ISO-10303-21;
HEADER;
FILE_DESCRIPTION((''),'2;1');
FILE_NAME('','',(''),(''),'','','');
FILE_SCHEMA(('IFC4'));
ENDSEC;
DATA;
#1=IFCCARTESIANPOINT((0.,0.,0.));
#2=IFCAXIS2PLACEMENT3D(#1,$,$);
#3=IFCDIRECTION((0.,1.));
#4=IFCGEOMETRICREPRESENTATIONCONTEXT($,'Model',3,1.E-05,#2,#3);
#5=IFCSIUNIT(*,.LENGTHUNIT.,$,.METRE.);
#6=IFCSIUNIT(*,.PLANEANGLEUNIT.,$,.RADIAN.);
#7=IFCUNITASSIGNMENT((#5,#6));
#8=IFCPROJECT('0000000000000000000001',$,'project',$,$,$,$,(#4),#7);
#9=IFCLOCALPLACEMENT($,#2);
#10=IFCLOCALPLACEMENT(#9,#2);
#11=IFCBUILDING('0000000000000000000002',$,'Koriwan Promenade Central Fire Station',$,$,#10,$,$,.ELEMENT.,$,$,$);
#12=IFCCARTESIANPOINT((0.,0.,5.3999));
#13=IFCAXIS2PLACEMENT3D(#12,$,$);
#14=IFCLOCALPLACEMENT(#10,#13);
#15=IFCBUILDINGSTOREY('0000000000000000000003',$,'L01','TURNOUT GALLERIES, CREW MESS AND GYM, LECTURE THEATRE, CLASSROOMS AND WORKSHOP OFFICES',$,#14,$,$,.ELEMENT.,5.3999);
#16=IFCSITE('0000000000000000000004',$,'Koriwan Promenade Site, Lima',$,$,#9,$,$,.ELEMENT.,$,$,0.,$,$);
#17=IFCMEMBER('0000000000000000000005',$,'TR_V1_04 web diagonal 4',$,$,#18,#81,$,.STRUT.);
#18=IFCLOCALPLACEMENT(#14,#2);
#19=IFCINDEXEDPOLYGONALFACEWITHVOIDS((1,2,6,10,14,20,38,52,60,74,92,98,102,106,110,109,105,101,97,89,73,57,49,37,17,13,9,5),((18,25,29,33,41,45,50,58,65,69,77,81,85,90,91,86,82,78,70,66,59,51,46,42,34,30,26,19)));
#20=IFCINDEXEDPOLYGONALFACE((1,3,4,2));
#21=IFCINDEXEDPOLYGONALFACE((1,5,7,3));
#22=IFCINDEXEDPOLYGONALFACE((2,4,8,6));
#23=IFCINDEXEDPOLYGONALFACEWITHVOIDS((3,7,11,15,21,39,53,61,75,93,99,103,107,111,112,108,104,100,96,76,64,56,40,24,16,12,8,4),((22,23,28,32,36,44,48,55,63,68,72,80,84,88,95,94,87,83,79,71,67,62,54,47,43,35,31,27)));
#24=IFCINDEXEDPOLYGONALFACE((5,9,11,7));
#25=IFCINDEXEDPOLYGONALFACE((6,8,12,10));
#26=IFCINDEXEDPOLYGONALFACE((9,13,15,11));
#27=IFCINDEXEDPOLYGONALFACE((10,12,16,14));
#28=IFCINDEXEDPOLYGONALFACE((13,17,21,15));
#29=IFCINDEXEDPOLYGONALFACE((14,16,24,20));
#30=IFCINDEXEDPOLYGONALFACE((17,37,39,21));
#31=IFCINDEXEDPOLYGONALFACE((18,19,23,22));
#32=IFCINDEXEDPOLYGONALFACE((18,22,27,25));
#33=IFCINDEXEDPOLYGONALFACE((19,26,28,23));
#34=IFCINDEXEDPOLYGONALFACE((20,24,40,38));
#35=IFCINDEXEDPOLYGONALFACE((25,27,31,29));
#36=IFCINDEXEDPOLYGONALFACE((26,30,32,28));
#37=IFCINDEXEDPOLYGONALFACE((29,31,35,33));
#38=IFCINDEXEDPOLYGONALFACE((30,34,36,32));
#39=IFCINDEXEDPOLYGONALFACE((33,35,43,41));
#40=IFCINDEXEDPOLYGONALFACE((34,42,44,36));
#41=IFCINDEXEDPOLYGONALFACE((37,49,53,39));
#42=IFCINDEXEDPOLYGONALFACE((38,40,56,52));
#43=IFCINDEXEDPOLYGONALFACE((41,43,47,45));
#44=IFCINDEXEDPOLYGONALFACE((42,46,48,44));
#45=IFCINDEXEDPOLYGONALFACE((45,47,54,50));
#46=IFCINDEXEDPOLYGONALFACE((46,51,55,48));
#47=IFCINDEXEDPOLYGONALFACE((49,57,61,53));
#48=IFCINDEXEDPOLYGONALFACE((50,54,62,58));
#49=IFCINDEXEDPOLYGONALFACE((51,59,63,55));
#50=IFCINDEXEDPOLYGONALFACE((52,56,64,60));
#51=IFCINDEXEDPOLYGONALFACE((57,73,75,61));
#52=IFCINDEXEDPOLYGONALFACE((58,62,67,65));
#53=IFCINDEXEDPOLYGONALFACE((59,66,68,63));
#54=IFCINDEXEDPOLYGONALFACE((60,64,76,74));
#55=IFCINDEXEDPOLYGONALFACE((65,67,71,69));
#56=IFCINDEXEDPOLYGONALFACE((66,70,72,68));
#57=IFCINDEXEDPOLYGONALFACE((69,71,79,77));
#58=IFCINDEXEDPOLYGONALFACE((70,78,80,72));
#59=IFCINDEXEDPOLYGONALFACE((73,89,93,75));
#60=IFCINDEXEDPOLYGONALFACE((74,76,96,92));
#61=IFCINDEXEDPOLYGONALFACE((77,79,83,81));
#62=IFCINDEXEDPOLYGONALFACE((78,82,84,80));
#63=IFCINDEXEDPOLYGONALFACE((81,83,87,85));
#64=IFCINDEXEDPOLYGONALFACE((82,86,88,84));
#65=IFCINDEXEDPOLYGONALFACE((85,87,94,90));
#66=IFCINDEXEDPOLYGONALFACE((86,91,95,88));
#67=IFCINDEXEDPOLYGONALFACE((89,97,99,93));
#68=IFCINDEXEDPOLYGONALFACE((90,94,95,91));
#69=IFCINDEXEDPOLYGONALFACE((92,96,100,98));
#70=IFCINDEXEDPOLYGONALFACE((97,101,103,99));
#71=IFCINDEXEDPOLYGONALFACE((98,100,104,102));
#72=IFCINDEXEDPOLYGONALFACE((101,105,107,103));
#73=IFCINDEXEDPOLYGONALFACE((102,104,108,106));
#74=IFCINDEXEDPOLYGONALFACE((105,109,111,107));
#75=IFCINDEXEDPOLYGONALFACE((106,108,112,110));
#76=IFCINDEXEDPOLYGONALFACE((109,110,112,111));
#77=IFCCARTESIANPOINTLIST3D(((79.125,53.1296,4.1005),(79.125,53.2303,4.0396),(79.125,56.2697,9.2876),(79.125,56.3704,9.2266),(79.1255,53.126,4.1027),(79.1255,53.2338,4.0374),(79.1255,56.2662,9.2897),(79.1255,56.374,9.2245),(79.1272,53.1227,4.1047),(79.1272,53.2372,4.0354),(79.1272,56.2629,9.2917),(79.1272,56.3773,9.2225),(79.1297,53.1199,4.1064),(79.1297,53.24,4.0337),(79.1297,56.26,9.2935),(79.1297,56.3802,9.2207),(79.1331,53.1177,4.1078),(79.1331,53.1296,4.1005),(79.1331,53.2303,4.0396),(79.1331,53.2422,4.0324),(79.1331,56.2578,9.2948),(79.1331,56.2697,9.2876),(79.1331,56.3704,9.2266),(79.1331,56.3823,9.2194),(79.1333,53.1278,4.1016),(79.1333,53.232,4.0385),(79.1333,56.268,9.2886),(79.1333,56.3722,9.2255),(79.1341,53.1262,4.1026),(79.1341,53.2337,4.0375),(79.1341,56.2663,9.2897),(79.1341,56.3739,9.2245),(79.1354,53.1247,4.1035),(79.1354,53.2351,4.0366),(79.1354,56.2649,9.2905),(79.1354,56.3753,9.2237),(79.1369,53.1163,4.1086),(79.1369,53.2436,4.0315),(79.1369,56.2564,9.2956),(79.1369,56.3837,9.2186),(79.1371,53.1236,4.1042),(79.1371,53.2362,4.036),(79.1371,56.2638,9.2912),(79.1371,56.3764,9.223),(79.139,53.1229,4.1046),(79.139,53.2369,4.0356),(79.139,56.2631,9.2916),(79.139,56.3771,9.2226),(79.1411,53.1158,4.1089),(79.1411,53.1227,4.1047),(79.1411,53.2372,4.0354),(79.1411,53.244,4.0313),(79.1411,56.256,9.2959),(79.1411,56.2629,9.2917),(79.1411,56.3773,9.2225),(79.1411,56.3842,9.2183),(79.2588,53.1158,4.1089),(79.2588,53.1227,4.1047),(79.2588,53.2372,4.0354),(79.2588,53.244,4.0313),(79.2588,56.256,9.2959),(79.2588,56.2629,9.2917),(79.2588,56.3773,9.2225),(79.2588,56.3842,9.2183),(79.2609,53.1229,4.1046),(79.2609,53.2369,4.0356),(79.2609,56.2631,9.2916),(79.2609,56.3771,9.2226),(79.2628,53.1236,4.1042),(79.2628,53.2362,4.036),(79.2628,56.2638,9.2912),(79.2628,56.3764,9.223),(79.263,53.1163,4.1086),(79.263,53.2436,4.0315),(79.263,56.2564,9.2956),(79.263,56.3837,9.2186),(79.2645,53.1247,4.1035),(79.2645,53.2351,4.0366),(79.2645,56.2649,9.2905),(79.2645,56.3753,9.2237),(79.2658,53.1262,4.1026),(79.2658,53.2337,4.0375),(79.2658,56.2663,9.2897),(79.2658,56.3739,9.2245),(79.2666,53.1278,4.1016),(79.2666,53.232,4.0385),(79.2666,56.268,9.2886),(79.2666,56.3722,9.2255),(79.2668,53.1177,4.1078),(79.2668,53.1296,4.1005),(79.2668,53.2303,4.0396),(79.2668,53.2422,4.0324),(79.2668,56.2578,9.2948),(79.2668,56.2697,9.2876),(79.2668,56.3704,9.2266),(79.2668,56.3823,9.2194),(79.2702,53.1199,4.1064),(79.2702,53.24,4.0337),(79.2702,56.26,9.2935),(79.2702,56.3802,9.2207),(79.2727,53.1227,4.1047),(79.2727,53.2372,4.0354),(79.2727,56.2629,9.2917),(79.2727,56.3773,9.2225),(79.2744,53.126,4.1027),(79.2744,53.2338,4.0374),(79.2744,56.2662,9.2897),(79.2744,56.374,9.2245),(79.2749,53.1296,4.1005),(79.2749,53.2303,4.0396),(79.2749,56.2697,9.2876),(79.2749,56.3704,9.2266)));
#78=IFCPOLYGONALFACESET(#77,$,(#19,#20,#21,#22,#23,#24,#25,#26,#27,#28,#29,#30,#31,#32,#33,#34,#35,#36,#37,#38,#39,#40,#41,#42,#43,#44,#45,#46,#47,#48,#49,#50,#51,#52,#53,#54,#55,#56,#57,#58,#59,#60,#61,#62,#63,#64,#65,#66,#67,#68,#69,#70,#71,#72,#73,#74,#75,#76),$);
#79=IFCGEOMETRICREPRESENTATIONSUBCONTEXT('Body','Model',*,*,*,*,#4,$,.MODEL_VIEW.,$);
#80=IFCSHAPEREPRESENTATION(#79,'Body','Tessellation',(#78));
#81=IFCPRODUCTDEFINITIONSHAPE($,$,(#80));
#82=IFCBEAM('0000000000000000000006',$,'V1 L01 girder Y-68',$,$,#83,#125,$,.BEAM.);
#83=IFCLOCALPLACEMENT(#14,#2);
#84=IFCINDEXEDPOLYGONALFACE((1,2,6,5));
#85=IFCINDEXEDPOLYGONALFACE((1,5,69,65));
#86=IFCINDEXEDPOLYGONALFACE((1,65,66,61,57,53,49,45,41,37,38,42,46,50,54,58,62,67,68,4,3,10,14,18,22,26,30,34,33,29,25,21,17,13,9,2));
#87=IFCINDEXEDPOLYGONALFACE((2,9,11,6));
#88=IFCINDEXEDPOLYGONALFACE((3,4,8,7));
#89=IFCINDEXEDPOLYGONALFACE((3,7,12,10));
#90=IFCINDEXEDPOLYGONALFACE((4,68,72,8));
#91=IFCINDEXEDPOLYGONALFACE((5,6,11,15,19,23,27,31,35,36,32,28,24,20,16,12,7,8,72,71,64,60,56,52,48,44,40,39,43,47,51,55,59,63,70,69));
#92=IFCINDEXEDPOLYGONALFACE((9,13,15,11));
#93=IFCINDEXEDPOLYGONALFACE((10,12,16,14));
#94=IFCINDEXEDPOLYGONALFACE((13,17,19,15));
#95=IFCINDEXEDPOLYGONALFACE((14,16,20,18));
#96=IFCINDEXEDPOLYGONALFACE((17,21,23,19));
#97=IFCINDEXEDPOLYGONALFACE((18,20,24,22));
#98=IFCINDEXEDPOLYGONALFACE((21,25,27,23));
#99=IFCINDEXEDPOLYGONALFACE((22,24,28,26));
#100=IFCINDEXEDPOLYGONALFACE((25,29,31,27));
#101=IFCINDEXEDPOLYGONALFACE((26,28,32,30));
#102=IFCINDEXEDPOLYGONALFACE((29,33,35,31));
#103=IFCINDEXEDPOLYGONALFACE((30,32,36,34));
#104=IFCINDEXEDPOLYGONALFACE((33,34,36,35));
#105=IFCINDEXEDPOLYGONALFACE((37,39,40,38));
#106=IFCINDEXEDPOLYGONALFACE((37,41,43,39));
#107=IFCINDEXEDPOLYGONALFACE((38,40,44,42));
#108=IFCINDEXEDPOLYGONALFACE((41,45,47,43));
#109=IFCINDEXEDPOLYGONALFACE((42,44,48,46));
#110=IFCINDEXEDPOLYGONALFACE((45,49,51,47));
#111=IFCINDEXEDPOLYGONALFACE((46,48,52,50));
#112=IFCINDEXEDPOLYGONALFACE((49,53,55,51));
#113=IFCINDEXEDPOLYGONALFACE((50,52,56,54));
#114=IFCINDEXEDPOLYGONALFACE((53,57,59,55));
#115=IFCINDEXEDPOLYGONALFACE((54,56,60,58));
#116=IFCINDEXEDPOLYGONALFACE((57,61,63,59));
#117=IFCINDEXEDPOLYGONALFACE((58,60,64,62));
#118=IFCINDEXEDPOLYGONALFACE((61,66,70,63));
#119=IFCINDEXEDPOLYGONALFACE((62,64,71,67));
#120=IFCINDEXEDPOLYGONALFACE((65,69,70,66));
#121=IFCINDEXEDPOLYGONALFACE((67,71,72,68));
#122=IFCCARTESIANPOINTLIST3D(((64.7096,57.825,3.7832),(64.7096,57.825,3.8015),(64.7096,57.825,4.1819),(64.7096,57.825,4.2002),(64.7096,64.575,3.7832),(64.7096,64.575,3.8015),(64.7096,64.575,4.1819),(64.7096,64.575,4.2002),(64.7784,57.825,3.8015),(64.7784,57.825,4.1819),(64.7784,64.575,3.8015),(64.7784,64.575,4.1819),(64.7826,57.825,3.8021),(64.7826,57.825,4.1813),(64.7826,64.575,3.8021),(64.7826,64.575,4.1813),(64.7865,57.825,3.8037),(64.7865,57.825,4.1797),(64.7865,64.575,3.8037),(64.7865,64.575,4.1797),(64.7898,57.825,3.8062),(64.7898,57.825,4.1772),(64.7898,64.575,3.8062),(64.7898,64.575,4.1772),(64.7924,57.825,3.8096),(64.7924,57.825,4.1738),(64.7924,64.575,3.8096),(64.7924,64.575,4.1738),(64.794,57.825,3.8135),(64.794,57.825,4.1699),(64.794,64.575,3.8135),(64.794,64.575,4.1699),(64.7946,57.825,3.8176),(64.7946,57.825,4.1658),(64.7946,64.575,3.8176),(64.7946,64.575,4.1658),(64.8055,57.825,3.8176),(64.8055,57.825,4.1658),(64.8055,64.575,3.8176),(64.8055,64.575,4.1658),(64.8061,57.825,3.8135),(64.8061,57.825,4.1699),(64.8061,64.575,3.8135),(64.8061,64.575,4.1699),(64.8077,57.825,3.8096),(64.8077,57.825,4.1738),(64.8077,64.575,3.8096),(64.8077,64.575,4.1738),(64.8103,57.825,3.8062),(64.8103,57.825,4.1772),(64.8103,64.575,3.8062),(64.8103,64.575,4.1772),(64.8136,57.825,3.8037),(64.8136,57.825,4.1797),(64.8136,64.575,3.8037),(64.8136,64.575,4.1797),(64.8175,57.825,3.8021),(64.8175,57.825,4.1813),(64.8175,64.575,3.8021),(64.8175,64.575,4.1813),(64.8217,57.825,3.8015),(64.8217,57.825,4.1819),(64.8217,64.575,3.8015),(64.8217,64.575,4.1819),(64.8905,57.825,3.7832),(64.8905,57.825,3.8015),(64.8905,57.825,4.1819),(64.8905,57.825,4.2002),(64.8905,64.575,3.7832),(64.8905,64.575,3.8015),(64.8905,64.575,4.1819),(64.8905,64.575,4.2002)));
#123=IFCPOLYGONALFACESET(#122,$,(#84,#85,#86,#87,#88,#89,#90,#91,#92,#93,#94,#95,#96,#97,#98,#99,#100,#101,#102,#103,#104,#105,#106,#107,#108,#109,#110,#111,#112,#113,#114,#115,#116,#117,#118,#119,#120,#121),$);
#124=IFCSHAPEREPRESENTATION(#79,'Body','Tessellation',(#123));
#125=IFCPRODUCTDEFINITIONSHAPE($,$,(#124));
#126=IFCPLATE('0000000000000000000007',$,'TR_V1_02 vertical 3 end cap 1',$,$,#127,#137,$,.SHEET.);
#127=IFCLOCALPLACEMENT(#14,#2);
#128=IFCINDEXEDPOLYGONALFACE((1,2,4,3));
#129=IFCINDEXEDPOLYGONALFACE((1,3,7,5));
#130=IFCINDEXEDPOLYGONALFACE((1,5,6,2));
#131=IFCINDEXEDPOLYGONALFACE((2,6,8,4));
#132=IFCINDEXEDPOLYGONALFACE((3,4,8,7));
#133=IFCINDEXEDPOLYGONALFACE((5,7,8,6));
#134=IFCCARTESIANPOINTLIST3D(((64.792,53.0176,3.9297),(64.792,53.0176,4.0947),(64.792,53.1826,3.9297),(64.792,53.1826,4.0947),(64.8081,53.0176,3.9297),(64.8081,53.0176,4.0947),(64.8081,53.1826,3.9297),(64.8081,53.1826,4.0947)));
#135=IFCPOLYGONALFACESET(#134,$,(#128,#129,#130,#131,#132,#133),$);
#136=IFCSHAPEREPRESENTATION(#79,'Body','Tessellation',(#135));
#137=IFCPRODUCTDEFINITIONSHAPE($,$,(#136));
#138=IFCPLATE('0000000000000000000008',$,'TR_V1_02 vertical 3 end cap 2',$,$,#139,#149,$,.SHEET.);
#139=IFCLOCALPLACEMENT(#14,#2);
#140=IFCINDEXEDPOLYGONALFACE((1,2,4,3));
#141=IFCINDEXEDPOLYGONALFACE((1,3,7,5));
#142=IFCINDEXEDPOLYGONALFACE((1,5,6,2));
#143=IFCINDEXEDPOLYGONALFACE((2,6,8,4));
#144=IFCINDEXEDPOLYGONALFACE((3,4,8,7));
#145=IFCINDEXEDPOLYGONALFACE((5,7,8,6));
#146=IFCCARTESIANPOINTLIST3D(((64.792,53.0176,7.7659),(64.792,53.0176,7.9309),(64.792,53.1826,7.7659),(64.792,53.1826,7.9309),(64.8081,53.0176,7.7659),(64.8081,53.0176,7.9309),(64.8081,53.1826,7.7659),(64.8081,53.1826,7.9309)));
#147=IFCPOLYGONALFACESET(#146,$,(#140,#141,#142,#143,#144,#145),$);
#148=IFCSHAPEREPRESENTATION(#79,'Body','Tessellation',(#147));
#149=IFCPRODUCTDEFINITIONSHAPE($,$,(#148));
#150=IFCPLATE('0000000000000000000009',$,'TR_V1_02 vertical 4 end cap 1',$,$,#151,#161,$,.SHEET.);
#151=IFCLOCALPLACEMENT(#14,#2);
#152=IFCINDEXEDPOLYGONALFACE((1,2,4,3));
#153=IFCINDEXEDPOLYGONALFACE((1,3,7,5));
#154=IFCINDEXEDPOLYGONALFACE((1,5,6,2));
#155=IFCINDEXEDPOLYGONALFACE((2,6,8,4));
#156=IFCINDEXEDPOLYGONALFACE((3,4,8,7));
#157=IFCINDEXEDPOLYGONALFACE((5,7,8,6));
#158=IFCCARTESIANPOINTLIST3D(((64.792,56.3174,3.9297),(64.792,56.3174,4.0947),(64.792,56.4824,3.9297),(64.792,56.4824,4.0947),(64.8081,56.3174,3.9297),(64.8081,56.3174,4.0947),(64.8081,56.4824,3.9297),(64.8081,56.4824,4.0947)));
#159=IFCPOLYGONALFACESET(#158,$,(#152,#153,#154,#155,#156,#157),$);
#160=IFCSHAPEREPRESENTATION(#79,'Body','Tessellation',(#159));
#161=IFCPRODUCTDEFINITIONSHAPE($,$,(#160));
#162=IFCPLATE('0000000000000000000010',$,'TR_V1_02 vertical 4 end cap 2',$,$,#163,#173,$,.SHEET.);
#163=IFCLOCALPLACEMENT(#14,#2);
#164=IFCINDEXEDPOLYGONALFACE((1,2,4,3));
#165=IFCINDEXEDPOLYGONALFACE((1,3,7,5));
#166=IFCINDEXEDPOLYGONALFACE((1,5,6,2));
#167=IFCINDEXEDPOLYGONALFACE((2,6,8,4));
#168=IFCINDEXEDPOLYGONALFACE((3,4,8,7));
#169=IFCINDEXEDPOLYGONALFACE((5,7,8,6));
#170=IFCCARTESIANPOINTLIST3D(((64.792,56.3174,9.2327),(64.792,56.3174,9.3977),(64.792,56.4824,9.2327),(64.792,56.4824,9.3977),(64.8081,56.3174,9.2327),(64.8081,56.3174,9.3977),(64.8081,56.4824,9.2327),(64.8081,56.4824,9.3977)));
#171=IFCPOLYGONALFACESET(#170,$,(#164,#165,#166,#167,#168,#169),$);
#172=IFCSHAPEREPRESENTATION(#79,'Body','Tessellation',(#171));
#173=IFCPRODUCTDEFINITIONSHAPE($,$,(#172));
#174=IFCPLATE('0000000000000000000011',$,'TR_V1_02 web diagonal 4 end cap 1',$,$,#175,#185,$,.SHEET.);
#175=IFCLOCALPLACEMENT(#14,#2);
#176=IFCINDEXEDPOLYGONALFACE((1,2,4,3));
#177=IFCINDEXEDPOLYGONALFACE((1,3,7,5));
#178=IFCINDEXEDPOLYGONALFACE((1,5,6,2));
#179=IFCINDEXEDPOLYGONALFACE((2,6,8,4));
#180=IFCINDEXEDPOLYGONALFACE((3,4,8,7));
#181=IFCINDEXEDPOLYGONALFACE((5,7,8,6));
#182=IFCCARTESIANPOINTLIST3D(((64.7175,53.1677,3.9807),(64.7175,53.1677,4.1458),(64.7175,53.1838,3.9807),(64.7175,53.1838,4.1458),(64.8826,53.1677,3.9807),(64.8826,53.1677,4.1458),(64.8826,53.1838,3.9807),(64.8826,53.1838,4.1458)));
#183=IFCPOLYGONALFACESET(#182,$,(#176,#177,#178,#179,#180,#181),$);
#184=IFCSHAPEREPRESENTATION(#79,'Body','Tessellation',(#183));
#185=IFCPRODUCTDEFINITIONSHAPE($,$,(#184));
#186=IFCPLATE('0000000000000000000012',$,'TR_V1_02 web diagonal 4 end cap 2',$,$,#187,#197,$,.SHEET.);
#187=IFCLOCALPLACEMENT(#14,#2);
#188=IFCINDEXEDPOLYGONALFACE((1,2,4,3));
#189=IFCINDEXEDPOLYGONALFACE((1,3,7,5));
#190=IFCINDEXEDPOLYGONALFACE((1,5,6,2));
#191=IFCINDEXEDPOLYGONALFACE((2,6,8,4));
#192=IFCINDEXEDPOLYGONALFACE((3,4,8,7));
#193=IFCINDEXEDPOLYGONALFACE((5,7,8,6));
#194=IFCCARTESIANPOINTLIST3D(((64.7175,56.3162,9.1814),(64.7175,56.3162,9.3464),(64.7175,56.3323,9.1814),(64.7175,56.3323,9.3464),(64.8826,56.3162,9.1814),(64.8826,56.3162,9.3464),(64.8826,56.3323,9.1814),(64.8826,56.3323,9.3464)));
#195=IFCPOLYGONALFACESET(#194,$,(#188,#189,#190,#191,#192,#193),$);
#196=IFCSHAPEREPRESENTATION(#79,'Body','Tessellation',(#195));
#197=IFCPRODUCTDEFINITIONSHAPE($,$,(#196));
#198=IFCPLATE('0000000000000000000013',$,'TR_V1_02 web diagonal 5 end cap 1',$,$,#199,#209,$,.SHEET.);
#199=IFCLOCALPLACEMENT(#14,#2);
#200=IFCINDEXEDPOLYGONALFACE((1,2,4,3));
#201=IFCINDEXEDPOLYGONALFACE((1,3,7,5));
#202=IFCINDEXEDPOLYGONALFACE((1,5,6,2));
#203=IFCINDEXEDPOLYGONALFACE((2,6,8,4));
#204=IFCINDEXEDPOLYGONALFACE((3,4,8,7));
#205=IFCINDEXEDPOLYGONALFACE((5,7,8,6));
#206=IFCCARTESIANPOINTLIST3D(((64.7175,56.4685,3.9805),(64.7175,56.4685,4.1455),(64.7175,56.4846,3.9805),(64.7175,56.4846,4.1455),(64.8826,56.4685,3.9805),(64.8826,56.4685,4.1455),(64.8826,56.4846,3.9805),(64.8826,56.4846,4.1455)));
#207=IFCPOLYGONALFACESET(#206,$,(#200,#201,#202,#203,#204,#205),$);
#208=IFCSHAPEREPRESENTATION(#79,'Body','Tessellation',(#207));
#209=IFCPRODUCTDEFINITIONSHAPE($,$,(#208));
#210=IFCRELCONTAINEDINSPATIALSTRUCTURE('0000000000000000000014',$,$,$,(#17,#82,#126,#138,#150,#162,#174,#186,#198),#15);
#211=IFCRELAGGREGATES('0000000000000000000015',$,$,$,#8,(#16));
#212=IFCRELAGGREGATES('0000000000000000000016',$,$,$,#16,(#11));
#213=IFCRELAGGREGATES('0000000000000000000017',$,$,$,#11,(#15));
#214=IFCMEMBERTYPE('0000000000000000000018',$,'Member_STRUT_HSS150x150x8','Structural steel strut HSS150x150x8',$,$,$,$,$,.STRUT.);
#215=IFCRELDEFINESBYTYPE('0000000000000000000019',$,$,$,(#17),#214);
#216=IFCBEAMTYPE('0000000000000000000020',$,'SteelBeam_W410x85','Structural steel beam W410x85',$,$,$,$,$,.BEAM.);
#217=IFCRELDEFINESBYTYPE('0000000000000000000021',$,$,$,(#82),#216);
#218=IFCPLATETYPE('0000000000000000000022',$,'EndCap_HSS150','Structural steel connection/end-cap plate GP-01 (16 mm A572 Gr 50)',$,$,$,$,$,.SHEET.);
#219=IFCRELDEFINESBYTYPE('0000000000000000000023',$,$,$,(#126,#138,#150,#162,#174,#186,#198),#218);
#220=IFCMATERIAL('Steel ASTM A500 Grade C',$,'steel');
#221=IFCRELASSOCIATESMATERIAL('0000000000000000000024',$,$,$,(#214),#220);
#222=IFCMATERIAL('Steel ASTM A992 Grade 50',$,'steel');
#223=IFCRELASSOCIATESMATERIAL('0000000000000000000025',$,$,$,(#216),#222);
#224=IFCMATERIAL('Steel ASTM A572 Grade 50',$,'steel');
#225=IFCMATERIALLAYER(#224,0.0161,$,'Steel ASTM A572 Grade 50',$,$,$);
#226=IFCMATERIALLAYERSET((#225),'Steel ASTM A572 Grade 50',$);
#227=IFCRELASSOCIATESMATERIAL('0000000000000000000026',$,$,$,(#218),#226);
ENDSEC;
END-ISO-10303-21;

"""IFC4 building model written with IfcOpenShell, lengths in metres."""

from ifc_helpers import new_model, si_unit, direction, frame, origin, origin_2d, place, context, subcontext, project, spatial, rectangle, hollow_rectangle, i_section, extrude, material, layer, layer_set, material_profile, profile_set, type_object, element, save


model = new_model("IFC4")

# Units and contexts
model_context = context("Model", 3, precision=1e-05, world=origin(), true_north=direction((0.0, 1.0)))
body_context = subcontext(model_context, "Body", "Model", "MODEL_VIEW")
ifc_project = project(units=[si_unit("LENGTHUNIT", "METRE"), si_unit("PLANEANGLEUNIT", "RADIAN")], contexts=[model_context])

# Site, building, storey
site_placement = place(None, origin())
site = spatial("IfcSite", under=ifc_project, at=site_placement, Name="Koriwan Promenade Site, Lima", CompositionType="ELEMENT", RefElevation=0.0)
building_placement = place(site_placement, origin())
building = spatial("IfcBuilding", under=site, at=building_placement, Name="Koriwan Promenade Central Fire Station", CompositionType="ELEMENT")
storey_placement = place(building_placement, frame((0.0, 0.0, 5.3999)))
storey = spatial("IfcBuildingStorey", under=building, at=storey_placement, Name="L01", Description="TURNOUT GALLERIES, CREW MESS AND GYM, LECTURE THEATRE, CLASSROOMS AND WORKSHOP OFFICES", CompositionType="ELEMENT", Elevation=5.3999)

# Member
ifc_material_1 = material(Name="Steel ASTM A500 Grade C", Category="steel")
ifc_material_profile_1 = material_profile(ifc_material_1, hollow_rectangle(XDim=0.1499, YDim=0.1499, WallThickness=0.0081, InnerFilletRadius=0.0081, OuterFilletRadius=0.0161, at=origin_2d()), Name="HSS150x150x8")
ifc_profile_set_1 = profile_set([ifc_material_profile_1], Name="Steel ASTM A500 Grade C")
member_type = type_object("IfcMemberType", Name="Member_STRUT_HSS150x150x8", Description="Structural steel strut HSS150x150x8", PredefinedType="STRUT", material=ifc_profile_set_1)
member_1_placement = place(storey_placement, frame((79.2, 53.1799, 4.0701), z_axis=(0.0, 0.517879, 0.855454), x_axis=(-1.0, 0.0, 0.0)))
element("IfcMember", 1, at=member_1_placement, inside=storey, type_object=member_type, Name="TR_V1_04 web diagonal 4", PredefinedType="STRUT", context=body_context, shape_type="SweptSolid", body=[
    extrude(hollow_rectangle(XDim=0.1499, YDim=0.1499, WallThickness=0.0081, InnerFilletRadius=0.0081, OuterFilletRadius=0.0161, at=origin_2d()), origin(), (0.0, 0.0, 1.0), 6.0635),
])

# Beam
ifc_material_2 = material(Name="Steel ASTM A992 Grade 50", Category="steel")
ifc_material_profile_2 = material_profile(ifc_material_2, i_section(OverallWidth=0.1809, OverallDepth=0.417, WebThickness=0.011, FlangeThickness=0.0183, FilletRadius=0.0161, at=origin_2d()), Name="W410x85")
ifc_profile_set_2 = profile_set([ifc_material_profile_2], Name="Steel ASTM A992 Grade 50")
beam_type = type_object("IfcBeamType", Name="SteelBeam_W410x85", Description="Structural steel beam W410x85", PredefinedType="BEAM", material=ifc_profile_set_2)
beam_placement = place(storey_placement, frame((64.8, 57.825, 3.9917), z_axis=(0.0, 1.0, 0.0), x_axis=(-1.0, 0.0, 0.0)))
element("IfcBeam", 2, at=beam_placement, inside=storey, type_object=beam_type, Name="V1 L01 girder Y-68", PredefinedType="BEAM", context=body_context, shape_type="SweptSolid", body=[
    extrude(i_section(OverallWidth=0.1809, OverallDepth=0.417, WebThickness=0.011, FlangeThickness=0.0183, FilletRadius=0.0161, at=origin_2d()), origin(), (0.0, 0.0, 1.0), 6.75),
])

# Plates
ifc_material_3 = material(Name="Steel ASTM A572 Grade 50", Category="steel")
ifc_layer_1 = layer(ifc_material_3, 0.0161, Name="Steel ASTM A572 Grade 50")
ifc_layer_set_1 = layer_set([ifc_layer_1], Name="Steel ASTM A572 Grade 50")
plate_type = type_object("IfcPlateType", Name="EndCap_HSS150", Description="Structural steel connection/end-cap plate GP-01 (16 mm A572 Gr 50)", PredefinedType="SHEET", material=ifc_layer_set_1)
for number, where, z_axis, x_axis, name in (
    (3, (64.8, 53.1001, 3.9297), (0.0, 0.0, 1.0), (1.0, 0.0, 0.0), "TR_V1_02 vertical 3 end cap 1"),
    (4, (64.8, 53.1001, 7.7659), (0.0, 0.0, 1.0), (1.0, 0.0, 0.0), "TR_V1_02 vertical 3 end cap 2"),
    (5, (64.8, 56.3999, 3.9297), (0.0, 0.0, 1.0), (1.0, 0.0, 0.0), "TR_V1_02 vertical 4 end cap 1"),
    (6, (64.8, 56.3999, 9.2327), (0.0, 0.0, 1.0), (1.0, 0.0, 0.0), "TR_V1_02 vertical 4 end cap 2"),
    (7, (64.8, 53.1758, 3.9807), (0.0, 0.0, 1.0), (0.0, 1.0, 0.0), "TR_V1_02 web diagonal 4 end cap 1"),
    (8, (64.8, 56.3242, 9.1814), (0.0, 0.0, 1.0), (0.0, 1.0, 0.0), "TR_V1_02 web diagonal 4 end cap 2"),
    (9, (64.8, 56.4766, 3.9805), (0.0, 0.0, 1.0), (0.0, 1.0, 0.0), "TR_V1_02 web diagonal 5 end cap 1"),
):
    element("IfcPlate", number, at=place(storey_placement, frame(where, z_axis=z_axis, x_axis=x_axis)), inside=storey, type_object=plate_type, Name=name, PredefinedType="SHEET", context=body_context, shape_type="SweptSolid", body=[
        extrude(rectangle(XDim=0.0161, YDim=0.165, at=origin_2d()), origin(), (0.0, 0.0, 1.0), 0.165),
    ])

save(model, "model.ifc")
